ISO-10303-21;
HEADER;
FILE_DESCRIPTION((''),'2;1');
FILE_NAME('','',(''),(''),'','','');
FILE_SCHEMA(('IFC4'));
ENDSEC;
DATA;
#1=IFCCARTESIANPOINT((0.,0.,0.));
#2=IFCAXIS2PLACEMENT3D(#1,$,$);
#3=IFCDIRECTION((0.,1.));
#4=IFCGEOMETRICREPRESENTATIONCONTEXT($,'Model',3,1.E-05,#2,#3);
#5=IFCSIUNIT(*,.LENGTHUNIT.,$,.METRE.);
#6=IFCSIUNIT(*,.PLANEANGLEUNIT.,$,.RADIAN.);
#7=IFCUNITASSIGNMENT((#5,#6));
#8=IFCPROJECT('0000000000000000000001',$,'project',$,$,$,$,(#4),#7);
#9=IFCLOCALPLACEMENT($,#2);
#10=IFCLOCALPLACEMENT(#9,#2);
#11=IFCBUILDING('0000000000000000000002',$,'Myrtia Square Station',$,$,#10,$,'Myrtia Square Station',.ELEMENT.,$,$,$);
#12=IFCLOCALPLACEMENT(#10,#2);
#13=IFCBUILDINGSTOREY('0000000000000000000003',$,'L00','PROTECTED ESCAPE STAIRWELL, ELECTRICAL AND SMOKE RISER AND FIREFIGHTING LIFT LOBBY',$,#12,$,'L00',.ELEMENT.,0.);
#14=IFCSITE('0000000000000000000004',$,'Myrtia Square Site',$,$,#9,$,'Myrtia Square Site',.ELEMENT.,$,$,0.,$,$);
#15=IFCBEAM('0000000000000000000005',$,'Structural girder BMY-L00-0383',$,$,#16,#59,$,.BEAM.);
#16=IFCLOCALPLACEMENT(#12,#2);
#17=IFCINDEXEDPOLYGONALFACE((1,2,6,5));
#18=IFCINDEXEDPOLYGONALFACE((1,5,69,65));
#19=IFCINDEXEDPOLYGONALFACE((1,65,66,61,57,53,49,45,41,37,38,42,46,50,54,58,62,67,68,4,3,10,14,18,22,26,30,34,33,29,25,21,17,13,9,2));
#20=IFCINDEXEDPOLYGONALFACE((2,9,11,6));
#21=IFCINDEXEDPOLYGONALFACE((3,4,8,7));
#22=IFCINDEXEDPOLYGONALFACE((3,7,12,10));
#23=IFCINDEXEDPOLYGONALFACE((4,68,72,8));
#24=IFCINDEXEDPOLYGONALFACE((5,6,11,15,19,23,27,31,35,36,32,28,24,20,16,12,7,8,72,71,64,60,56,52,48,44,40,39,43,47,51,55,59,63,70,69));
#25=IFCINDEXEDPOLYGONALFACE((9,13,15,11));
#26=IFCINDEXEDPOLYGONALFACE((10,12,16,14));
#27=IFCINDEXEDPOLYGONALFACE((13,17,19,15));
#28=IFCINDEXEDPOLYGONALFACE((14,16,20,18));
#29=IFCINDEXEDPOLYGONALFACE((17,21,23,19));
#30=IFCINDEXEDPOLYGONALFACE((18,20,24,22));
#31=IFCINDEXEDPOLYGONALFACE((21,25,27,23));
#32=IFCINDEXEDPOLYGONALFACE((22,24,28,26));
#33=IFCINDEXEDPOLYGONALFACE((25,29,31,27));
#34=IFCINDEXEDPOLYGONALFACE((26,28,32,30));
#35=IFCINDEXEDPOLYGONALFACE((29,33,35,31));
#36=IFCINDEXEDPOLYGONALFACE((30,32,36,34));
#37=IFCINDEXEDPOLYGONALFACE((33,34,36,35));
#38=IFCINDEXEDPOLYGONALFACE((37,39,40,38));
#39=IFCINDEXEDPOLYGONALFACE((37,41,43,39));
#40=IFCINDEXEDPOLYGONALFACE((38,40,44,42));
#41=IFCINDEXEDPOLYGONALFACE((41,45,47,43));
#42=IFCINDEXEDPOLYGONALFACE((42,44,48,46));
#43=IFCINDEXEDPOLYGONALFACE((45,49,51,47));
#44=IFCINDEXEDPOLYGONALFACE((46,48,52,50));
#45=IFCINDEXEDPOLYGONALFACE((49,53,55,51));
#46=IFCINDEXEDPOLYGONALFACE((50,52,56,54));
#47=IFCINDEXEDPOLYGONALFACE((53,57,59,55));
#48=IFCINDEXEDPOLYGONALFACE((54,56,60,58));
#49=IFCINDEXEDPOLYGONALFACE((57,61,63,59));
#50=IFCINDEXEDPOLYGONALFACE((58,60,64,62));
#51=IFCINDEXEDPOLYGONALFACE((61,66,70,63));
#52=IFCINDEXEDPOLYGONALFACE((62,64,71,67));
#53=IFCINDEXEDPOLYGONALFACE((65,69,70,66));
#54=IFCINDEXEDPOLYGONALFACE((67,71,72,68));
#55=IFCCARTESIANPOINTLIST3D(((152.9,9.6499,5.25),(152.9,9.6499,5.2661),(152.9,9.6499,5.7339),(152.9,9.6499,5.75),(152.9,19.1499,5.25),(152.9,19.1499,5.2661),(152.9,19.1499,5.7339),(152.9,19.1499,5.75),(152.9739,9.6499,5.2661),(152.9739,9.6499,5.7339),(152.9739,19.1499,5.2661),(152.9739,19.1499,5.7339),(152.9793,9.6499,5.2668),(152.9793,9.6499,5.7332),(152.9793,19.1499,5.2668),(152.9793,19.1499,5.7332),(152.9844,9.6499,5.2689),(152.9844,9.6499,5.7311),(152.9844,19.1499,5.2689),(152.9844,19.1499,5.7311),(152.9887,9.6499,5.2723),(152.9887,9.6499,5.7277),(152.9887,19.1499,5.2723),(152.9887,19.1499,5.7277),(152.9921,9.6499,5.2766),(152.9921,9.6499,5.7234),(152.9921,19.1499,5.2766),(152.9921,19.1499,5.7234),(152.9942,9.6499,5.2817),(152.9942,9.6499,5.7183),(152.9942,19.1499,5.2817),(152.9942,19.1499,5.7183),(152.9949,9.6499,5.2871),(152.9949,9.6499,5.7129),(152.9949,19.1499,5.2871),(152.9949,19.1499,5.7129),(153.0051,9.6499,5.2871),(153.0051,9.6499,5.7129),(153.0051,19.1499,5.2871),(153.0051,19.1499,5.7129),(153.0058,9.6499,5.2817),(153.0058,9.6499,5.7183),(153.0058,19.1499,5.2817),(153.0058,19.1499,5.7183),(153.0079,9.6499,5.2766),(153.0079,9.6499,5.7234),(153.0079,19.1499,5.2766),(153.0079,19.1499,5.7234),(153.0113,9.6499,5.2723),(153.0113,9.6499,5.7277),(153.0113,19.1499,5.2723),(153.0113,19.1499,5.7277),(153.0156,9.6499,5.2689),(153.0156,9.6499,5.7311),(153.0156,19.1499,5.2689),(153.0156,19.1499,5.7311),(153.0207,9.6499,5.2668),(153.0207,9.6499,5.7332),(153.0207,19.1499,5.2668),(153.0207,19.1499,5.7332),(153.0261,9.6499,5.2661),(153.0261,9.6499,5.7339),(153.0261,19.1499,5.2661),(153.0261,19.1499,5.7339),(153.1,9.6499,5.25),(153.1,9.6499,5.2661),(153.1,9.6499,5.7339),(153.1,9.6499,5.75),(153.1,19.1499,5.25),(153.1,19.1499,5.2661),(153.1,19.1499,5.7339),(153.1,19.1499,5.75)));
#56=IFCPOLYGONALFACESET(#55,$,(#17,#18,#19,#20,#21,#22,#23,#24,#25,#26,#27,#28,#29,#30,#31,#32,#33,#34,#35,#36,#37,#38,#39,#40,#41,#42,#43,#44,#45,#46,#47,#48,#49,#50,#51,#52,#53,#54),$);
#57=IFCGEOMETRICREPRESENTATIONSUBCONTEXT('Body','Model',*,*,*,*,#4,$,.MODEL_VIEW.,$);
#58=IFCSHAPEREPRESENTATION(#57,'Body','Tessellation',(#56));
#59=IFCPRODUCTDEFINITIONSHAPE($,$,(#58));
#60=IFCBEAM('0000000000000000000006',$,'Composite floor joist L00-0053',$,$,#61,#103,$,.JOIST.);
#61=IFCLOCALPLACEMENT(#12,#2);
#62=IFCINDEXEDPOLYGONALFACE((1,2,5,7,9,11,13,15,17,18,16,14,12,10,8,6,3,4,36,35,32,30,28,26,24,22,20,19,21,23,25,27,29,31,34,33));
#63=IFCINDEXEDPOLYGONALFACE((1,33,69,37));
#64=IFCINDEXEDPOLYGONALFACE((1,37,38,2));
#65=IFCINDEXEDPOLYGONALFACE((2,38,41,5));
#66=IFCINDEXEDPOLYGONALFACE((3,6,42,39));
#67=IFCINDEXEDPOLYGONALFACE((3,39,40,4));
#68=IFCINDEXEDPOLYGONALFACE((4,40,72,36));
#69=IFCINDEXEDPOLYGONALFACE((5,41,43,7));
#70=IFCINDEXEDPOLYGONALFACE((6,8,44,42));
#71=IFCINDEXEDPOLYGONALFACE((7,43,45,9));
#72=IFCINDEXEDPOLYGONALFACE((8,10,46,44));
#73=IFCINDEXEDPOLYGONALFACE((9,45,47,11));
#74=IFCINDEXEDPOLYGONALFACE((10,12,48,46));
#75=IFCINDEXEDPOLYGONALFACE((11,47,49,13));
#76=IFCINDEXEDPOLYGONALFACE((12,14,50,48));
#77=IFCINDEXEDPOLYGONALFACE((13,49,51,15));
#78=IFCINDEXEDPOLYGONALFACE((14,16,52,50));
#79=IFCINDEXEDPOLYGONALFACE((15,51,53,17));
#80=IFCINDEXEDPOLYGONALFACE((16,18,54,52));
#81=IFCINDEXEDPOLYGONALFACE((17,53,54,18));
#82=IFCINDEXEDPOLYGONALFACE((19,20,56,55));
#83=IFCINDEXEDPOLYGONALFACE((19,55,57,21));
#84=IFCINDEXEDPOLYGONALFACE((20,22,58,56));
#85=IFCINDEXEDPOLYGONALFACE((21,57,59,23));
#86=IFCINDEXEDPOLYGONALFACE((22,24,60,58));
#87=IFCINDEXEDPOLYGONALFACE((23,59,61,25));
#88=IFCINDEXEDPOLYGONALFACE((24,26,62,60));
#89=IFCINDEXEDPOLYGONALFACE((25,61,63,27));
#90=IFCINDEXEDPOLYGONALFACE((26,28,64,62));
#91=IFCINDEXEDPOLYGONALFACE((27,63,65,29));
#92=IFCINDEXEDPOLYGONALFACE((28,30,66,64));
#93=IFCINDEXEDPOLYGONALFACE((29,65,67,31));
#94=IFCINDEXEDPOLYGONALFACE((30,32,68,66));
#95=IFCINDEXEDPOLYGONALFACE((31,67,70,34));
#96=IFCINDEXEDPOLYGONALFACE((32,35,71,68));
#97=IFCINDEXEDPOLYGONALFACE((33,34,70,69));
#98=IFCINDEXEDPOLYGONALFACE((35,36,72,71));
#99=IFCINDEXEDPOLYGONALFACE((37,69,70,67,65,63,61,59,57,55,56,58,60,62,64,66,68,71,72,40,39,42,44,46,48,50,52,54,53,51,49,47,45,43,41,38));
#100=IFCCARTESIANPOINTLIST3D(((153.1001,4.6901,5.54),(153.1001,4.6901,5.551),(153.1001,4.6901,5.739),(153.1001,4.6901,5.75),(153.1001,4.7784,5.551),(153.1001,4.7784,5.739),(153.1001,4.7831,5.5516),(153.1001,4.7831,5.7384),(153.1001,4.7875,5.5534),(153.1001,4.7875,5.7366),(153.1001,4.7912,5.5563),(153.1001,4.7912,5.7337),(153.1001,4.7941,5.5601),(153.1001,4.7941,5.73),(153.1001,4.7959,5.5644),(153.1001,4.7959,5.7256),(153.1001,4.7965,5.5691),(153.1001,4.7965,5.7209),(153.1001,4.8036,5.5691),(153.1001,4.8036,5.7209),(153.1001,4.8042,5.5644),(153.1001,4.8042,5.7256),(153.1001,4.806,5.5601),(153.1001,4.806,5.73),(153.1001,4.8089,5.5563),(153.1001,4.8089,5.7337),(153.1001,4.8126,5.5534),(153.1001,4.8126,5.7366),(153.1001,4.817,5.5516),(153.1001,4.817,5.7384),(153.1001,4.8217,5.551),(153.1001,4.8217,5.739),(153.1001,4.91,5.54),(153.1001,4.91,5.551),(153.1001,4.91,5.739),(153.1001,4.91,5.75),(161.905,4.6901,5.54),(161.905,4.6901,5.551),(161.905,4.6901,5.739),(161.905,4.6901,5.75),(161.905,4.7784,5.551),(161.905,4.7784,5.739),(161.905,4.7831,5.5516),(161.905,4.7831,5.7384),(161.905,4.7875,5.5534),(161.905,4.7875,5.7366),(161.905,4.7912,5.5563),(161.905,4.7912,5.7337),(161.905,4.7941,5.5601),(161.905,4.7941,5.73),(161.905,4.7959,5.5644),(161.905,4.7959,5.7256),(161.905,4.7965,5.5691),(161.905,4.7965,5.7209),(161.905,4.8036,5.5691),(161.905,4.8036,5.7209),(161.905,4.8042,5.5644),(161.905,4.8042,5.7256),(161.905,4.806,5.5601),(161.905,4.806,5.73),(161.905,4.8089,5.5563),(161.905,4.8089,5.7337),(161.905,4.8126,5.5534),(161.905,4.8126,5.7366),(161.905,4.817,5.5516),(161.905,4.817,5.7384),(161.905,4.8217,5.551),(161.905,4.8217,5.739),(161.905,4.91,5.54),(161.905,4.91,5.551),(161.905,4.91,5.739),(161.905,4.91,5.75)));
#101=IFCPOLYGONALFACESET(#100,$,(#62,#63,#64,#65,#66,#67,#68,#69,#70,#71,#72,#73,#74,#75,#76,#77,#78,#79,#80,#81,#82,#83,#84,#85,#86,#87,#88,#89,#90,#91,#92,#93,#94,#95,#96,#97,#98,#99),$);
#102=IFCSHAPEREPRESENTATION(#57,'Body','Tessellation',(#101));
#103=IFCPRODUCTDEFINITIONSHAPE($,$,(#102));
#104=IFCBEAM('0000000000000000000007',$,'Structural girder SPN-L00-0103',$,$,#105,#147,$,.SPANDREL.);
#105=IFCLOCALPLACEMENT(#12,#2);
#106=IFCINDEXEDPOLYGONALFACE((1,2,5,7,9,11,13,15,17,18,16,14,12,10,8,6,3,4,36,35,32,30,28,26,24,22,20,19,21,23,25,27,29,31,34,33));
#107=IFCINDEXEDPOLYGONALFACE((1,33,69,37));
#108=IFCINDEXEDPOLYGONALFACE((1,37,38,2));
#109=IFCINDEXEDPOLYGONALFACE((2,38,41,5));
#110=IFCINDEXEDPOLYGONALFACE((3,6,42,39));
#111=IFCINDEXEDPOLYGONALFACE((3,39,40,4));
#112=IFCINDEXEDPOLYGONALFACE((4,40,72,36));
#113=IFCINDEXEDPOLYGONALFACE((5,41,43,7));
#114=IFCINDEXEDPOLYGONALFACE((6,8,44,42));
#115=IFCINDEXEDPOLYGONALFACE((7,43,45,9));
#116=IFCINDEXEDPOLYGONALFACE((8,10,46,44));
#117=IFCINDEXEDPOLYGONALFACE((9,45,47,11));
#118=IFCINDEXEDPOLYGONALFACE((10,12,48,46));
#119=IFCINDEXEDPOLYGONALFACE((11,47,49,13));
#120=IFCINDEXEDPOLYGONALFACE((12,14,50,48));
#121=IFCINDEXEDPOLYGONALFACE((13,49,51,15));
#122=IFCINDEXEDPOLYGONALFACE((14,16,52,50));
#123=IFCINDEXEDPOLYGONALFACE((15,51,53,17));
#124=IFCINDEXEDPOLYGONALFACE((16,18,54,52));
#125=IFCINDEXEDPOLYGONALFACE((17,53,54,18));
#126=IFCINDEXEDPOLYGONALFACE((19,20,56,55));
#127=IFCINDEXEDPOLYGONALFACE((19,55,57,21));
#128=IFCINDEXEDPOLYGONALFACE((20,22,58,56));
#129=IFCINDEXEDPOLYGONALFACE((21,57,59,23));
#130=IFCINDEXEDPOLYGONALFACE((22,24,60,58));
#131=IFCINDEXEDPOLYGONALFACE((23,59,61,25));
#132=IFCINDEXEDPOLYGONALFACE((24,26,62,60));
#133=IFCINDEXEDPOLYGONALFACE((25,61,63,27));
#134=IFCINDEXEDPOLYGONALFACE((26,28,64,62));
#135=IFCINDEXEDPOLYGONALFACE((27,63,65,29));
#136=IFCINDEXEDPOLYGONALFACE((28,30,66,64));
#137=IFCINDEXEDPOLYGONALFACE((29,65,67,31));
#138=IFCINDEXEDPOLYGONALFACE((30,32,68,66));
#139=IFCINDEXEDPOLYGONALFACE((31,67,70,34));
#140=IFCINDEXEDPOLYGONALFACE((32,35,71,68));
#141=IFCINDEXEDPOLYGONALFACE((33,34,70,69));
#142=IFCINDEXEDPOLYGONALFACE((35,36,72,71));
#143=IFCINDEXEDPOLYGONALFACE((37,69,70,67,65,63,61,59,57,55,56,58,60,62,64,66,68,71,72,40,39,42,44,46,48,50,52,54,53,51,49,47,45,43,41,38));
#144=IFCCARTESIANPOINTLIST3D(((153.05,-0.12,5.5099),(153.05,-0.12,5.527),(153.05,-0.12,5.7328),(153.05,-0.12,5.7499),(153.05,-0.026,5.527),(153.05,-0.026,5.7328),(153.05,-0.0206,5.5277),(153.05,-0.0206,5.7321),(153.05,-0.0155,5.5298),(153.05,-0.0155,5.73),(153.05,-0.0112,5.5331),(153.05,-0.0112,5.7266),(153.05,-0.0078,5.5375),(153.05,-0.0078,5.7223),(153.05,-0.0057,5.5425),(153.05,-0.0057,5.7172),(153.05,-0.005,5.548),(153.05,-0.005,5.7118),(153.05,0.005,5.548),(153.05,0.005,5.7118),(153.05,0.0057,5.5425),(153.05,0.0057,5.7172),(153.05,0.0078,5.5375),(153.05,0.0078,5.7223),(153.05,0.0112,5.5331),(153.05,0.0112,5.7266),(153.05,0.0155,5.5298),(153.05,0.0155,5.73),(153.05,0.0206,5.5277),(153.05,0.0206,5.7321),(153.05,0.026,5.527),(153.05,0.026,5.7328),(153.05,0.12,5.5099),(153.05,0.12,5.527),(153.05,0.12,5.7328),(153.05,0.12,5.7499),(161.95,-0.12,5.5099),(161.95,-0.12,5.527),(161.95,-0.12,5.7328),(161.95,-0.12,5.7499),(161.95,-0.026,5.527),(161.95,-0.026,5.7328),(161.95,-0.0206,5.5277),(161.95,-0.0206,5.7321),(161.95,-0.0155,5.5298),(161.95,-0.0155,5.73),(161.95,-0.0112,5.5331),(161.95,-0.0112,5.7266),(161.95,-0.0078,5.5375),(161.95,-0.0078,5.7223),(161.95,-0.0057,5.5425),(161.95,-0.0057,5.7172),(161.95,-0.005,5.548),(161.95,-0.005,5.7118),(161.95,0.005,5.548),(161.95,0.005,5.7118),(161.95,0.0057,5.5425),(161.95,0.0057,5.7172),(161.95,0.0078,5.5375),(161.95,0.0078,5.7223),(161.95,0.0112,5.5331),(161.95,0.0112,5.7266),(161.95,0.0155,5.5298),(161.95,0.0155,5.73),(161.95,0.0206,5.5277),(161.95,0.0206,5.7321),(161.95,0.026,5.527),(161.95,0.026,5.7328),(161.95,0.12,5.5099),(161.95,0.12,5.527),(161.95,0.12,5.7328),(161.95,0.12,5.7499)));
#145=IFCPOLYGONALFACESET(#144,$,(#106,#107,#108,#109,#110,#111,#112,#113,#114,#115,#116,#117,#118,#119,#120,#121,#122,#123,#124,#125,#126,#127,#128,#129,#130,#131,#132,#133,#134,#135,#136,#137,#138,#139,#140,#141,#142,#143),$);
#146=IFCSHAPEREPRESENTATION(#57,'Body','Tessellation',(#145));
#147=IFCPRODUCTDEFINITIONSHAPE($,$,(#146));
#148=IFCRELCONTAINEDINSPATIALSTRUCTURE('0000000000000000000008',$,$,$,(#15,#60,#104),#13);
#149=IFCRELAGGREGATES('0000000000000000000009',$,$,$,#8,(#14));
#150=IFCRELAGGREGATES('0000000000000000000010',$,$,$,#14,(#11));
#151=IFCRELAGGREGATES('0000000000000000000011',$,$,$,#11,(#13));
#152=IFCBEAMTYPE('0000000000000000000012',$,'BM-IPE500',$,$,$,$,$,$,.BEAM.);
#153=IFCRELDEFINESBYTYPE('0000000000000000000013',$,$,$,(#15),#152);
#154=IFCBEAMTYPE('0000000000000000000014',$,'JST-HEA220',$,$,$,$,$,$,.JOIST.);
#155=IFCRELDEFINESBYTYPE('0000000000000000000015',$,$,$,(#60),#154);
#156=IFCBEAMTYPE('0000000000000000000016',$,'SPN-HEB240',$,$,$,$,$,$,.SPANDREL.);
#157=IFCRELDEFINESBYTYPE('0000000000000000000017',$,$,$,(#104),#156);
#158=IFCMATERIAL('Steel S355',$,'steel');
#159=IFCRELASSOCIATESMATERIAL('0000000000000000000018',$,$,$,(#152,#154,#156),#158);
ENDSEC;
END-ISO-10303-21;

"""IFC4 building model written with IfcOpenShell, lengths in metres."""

from ifc_helpers import new_model, si_unit, direction, frame, origin, origin_2d, place, context, subcontext, project, spatial, i_section, extrude, material, material_profile, profile_set, type_object, element, save


model = new_model("IFC4")

# Units and contexts
model_context = context("Model", 3, precision=1e-05, world=origin(), true_north=direction((0.0, 1.0)))
body_context = subcontext(model_context, "Body", "Model", "MODEL_VIEW")
ifc_project = project(units=[si_unit("LENGTHUNIT", "METRE"), si_unit("PLANEANGLEUNIT", "RADIAN")], contexts=[model_context])

# Site, building, storey
site_placement = place(None, origin())
site = spatial("IfcSite", under=ifc_project, at=site_placement, Name="Myrtia Square Site", LongName="Myrtia Square Site", CompositionType="ELEMENT", RefElevation=0.0)
building_placement = place(site_placement, origin())
building = spatial("IfcBuilding", under=site, at=building_placement, Name="Myrtia Square Station", LongName="Myrtia Square Station", CompositionType="ELEMENT")
storey_placement = place(building_placement, origin())
storey = spatial("IfcBuildingStorey", under=building, at=storey_placement, Name="L00", Description="PROTECTED ESCAPE STAIRWELL, ELECTRICAL AND SMOKE RISER AND FIREFIGHTING LIFT LOBBY", LongName="L00", CompositionType="ELEMENT", Elevation=0.0)

# Shared definitions
ifc_material_1 = material(Name="Steel S355", Category="steel")

# Beams
ifc_material_profile_1 = material_profile(ifc_material_1, i_section(OverallWidth=0.2, OverallDepth=0.5, WebThickness=0.0103, FlangeThickness=0.0161, FilletRadius=0.021, at=origin_2d()), Name="IPE 500")
ifc_profile_set_1 = profile_set([ifc_material_profile_1], Name="Steel S355")
beam_type_1 = type_object("IfcBeamType", Name="BM-IPE500", PredefinedType="BEAM", material=ifc_profile_set_1)
for number, where, z_axis, x_axis, name in (
    (1, (153.0, 9.6499, 5.5), (0.0, 1.0, 0.0), (-1.0, 0.0, 0.0), "Structural girder BMY-L00-0383"),
):
    element("IfcBeam", number, at=place(storey_placement, frame(where, z_axis=z_axis, x_axis=x_axis)), inside=storey, type_object=beam_type_1, Name=name, PredefinedType="BEAM", context=body_context, shape_type="SweptSolid", body=[
        extrude(i_section(OverallWidth=0.2, OverallDepth=0.5, WebThickness=0.0103, FlangeThickness=0.0161, FilletRadius=0.021, at=origin_2d()), origin(), (0.0, 0.0, 1.0), 9.5),
    ])
ifc_material_profile_2 = material_profile(ifc_material_1, i_section(OverallWidth=0.22, OverallDepth=0.21, WebThickness=0.0071, FlangeThickness=0.011, FilletRadius=0.0181, at=origin_2d()), Name="HEA 220")
ifc_profile_set_2 = profile_set([ifc_material_profile_2], Name="Steel S355")
beam_type_2 = type_object("IfcBeamType", Name="JST-HEA220", PredefinedType="JOIST", material=ifc_profile_set_2)
beam_1_placement = place(storey_placement, frame((153.1001, 4.8, 5.645), z_axis=(1.0, 0.0, 0.0), x_axis=(0.0, 1.0, 0.0)))
element("IfcBeam", 2, at=beam_1_placement, inside=storey, type_object=beam_type_2, Name="Composite floor joist L00-0053", PredefinedType="JOIST", context=body_context, shape_type="SweptSolid", body=[
    extrude(i_section(OverallWidth=0.22, OverallDepth=0.21, WebThickness=0.0071, FlangeThickness=0.011, FilletRadius=0.0181, at=origin_2d()), origin(), (0.0, 0.0, 1.0), 8.8049),
])
ifc_material_profile_3 = material_profile(ifc_material_1, i_section(OverallWidth=0.24, OverallDepth=0.24, WebThickness=0.01, FlangeThickness=0.0171, FilletRadius=0.021, at=origin_2d()), Name="HEB 240")
ifc_profile_set_3 = profile_set([ifc_material_profile_3], Name="Steel S355")
beam_type_3 = type_object("IfcBeamType", Name="SPN-HEB240", PredefinedType="SPANDREL", material=ifc_profile_set_3)
beam_2_placement = place(storey_placement, frame((153.05, 0.0, 5.6299), z_axis=(1.0, 0.0, 0.0), x_axis=(0.0, 1.0, 0.0)))
element("IfcBeam", 3, at=beam_2_placement, inside=storey, type_object=beam_type_3, Name="Structural girder SPN-L00-0103", PredefinedType="SPANDREL", context=body_context, shape_type="SweptSolid", body=[
    extrude(i_section(OverallWidth=0.24, OverallDepth=0.24, WebThickness=0.01, FlangeThickness=0.0171, FilletRadius=0.021, at=origin_2d()), origin(), (0.0, 0.0, 1.0), 8.8999),
])

save(model, "model.ifc")
